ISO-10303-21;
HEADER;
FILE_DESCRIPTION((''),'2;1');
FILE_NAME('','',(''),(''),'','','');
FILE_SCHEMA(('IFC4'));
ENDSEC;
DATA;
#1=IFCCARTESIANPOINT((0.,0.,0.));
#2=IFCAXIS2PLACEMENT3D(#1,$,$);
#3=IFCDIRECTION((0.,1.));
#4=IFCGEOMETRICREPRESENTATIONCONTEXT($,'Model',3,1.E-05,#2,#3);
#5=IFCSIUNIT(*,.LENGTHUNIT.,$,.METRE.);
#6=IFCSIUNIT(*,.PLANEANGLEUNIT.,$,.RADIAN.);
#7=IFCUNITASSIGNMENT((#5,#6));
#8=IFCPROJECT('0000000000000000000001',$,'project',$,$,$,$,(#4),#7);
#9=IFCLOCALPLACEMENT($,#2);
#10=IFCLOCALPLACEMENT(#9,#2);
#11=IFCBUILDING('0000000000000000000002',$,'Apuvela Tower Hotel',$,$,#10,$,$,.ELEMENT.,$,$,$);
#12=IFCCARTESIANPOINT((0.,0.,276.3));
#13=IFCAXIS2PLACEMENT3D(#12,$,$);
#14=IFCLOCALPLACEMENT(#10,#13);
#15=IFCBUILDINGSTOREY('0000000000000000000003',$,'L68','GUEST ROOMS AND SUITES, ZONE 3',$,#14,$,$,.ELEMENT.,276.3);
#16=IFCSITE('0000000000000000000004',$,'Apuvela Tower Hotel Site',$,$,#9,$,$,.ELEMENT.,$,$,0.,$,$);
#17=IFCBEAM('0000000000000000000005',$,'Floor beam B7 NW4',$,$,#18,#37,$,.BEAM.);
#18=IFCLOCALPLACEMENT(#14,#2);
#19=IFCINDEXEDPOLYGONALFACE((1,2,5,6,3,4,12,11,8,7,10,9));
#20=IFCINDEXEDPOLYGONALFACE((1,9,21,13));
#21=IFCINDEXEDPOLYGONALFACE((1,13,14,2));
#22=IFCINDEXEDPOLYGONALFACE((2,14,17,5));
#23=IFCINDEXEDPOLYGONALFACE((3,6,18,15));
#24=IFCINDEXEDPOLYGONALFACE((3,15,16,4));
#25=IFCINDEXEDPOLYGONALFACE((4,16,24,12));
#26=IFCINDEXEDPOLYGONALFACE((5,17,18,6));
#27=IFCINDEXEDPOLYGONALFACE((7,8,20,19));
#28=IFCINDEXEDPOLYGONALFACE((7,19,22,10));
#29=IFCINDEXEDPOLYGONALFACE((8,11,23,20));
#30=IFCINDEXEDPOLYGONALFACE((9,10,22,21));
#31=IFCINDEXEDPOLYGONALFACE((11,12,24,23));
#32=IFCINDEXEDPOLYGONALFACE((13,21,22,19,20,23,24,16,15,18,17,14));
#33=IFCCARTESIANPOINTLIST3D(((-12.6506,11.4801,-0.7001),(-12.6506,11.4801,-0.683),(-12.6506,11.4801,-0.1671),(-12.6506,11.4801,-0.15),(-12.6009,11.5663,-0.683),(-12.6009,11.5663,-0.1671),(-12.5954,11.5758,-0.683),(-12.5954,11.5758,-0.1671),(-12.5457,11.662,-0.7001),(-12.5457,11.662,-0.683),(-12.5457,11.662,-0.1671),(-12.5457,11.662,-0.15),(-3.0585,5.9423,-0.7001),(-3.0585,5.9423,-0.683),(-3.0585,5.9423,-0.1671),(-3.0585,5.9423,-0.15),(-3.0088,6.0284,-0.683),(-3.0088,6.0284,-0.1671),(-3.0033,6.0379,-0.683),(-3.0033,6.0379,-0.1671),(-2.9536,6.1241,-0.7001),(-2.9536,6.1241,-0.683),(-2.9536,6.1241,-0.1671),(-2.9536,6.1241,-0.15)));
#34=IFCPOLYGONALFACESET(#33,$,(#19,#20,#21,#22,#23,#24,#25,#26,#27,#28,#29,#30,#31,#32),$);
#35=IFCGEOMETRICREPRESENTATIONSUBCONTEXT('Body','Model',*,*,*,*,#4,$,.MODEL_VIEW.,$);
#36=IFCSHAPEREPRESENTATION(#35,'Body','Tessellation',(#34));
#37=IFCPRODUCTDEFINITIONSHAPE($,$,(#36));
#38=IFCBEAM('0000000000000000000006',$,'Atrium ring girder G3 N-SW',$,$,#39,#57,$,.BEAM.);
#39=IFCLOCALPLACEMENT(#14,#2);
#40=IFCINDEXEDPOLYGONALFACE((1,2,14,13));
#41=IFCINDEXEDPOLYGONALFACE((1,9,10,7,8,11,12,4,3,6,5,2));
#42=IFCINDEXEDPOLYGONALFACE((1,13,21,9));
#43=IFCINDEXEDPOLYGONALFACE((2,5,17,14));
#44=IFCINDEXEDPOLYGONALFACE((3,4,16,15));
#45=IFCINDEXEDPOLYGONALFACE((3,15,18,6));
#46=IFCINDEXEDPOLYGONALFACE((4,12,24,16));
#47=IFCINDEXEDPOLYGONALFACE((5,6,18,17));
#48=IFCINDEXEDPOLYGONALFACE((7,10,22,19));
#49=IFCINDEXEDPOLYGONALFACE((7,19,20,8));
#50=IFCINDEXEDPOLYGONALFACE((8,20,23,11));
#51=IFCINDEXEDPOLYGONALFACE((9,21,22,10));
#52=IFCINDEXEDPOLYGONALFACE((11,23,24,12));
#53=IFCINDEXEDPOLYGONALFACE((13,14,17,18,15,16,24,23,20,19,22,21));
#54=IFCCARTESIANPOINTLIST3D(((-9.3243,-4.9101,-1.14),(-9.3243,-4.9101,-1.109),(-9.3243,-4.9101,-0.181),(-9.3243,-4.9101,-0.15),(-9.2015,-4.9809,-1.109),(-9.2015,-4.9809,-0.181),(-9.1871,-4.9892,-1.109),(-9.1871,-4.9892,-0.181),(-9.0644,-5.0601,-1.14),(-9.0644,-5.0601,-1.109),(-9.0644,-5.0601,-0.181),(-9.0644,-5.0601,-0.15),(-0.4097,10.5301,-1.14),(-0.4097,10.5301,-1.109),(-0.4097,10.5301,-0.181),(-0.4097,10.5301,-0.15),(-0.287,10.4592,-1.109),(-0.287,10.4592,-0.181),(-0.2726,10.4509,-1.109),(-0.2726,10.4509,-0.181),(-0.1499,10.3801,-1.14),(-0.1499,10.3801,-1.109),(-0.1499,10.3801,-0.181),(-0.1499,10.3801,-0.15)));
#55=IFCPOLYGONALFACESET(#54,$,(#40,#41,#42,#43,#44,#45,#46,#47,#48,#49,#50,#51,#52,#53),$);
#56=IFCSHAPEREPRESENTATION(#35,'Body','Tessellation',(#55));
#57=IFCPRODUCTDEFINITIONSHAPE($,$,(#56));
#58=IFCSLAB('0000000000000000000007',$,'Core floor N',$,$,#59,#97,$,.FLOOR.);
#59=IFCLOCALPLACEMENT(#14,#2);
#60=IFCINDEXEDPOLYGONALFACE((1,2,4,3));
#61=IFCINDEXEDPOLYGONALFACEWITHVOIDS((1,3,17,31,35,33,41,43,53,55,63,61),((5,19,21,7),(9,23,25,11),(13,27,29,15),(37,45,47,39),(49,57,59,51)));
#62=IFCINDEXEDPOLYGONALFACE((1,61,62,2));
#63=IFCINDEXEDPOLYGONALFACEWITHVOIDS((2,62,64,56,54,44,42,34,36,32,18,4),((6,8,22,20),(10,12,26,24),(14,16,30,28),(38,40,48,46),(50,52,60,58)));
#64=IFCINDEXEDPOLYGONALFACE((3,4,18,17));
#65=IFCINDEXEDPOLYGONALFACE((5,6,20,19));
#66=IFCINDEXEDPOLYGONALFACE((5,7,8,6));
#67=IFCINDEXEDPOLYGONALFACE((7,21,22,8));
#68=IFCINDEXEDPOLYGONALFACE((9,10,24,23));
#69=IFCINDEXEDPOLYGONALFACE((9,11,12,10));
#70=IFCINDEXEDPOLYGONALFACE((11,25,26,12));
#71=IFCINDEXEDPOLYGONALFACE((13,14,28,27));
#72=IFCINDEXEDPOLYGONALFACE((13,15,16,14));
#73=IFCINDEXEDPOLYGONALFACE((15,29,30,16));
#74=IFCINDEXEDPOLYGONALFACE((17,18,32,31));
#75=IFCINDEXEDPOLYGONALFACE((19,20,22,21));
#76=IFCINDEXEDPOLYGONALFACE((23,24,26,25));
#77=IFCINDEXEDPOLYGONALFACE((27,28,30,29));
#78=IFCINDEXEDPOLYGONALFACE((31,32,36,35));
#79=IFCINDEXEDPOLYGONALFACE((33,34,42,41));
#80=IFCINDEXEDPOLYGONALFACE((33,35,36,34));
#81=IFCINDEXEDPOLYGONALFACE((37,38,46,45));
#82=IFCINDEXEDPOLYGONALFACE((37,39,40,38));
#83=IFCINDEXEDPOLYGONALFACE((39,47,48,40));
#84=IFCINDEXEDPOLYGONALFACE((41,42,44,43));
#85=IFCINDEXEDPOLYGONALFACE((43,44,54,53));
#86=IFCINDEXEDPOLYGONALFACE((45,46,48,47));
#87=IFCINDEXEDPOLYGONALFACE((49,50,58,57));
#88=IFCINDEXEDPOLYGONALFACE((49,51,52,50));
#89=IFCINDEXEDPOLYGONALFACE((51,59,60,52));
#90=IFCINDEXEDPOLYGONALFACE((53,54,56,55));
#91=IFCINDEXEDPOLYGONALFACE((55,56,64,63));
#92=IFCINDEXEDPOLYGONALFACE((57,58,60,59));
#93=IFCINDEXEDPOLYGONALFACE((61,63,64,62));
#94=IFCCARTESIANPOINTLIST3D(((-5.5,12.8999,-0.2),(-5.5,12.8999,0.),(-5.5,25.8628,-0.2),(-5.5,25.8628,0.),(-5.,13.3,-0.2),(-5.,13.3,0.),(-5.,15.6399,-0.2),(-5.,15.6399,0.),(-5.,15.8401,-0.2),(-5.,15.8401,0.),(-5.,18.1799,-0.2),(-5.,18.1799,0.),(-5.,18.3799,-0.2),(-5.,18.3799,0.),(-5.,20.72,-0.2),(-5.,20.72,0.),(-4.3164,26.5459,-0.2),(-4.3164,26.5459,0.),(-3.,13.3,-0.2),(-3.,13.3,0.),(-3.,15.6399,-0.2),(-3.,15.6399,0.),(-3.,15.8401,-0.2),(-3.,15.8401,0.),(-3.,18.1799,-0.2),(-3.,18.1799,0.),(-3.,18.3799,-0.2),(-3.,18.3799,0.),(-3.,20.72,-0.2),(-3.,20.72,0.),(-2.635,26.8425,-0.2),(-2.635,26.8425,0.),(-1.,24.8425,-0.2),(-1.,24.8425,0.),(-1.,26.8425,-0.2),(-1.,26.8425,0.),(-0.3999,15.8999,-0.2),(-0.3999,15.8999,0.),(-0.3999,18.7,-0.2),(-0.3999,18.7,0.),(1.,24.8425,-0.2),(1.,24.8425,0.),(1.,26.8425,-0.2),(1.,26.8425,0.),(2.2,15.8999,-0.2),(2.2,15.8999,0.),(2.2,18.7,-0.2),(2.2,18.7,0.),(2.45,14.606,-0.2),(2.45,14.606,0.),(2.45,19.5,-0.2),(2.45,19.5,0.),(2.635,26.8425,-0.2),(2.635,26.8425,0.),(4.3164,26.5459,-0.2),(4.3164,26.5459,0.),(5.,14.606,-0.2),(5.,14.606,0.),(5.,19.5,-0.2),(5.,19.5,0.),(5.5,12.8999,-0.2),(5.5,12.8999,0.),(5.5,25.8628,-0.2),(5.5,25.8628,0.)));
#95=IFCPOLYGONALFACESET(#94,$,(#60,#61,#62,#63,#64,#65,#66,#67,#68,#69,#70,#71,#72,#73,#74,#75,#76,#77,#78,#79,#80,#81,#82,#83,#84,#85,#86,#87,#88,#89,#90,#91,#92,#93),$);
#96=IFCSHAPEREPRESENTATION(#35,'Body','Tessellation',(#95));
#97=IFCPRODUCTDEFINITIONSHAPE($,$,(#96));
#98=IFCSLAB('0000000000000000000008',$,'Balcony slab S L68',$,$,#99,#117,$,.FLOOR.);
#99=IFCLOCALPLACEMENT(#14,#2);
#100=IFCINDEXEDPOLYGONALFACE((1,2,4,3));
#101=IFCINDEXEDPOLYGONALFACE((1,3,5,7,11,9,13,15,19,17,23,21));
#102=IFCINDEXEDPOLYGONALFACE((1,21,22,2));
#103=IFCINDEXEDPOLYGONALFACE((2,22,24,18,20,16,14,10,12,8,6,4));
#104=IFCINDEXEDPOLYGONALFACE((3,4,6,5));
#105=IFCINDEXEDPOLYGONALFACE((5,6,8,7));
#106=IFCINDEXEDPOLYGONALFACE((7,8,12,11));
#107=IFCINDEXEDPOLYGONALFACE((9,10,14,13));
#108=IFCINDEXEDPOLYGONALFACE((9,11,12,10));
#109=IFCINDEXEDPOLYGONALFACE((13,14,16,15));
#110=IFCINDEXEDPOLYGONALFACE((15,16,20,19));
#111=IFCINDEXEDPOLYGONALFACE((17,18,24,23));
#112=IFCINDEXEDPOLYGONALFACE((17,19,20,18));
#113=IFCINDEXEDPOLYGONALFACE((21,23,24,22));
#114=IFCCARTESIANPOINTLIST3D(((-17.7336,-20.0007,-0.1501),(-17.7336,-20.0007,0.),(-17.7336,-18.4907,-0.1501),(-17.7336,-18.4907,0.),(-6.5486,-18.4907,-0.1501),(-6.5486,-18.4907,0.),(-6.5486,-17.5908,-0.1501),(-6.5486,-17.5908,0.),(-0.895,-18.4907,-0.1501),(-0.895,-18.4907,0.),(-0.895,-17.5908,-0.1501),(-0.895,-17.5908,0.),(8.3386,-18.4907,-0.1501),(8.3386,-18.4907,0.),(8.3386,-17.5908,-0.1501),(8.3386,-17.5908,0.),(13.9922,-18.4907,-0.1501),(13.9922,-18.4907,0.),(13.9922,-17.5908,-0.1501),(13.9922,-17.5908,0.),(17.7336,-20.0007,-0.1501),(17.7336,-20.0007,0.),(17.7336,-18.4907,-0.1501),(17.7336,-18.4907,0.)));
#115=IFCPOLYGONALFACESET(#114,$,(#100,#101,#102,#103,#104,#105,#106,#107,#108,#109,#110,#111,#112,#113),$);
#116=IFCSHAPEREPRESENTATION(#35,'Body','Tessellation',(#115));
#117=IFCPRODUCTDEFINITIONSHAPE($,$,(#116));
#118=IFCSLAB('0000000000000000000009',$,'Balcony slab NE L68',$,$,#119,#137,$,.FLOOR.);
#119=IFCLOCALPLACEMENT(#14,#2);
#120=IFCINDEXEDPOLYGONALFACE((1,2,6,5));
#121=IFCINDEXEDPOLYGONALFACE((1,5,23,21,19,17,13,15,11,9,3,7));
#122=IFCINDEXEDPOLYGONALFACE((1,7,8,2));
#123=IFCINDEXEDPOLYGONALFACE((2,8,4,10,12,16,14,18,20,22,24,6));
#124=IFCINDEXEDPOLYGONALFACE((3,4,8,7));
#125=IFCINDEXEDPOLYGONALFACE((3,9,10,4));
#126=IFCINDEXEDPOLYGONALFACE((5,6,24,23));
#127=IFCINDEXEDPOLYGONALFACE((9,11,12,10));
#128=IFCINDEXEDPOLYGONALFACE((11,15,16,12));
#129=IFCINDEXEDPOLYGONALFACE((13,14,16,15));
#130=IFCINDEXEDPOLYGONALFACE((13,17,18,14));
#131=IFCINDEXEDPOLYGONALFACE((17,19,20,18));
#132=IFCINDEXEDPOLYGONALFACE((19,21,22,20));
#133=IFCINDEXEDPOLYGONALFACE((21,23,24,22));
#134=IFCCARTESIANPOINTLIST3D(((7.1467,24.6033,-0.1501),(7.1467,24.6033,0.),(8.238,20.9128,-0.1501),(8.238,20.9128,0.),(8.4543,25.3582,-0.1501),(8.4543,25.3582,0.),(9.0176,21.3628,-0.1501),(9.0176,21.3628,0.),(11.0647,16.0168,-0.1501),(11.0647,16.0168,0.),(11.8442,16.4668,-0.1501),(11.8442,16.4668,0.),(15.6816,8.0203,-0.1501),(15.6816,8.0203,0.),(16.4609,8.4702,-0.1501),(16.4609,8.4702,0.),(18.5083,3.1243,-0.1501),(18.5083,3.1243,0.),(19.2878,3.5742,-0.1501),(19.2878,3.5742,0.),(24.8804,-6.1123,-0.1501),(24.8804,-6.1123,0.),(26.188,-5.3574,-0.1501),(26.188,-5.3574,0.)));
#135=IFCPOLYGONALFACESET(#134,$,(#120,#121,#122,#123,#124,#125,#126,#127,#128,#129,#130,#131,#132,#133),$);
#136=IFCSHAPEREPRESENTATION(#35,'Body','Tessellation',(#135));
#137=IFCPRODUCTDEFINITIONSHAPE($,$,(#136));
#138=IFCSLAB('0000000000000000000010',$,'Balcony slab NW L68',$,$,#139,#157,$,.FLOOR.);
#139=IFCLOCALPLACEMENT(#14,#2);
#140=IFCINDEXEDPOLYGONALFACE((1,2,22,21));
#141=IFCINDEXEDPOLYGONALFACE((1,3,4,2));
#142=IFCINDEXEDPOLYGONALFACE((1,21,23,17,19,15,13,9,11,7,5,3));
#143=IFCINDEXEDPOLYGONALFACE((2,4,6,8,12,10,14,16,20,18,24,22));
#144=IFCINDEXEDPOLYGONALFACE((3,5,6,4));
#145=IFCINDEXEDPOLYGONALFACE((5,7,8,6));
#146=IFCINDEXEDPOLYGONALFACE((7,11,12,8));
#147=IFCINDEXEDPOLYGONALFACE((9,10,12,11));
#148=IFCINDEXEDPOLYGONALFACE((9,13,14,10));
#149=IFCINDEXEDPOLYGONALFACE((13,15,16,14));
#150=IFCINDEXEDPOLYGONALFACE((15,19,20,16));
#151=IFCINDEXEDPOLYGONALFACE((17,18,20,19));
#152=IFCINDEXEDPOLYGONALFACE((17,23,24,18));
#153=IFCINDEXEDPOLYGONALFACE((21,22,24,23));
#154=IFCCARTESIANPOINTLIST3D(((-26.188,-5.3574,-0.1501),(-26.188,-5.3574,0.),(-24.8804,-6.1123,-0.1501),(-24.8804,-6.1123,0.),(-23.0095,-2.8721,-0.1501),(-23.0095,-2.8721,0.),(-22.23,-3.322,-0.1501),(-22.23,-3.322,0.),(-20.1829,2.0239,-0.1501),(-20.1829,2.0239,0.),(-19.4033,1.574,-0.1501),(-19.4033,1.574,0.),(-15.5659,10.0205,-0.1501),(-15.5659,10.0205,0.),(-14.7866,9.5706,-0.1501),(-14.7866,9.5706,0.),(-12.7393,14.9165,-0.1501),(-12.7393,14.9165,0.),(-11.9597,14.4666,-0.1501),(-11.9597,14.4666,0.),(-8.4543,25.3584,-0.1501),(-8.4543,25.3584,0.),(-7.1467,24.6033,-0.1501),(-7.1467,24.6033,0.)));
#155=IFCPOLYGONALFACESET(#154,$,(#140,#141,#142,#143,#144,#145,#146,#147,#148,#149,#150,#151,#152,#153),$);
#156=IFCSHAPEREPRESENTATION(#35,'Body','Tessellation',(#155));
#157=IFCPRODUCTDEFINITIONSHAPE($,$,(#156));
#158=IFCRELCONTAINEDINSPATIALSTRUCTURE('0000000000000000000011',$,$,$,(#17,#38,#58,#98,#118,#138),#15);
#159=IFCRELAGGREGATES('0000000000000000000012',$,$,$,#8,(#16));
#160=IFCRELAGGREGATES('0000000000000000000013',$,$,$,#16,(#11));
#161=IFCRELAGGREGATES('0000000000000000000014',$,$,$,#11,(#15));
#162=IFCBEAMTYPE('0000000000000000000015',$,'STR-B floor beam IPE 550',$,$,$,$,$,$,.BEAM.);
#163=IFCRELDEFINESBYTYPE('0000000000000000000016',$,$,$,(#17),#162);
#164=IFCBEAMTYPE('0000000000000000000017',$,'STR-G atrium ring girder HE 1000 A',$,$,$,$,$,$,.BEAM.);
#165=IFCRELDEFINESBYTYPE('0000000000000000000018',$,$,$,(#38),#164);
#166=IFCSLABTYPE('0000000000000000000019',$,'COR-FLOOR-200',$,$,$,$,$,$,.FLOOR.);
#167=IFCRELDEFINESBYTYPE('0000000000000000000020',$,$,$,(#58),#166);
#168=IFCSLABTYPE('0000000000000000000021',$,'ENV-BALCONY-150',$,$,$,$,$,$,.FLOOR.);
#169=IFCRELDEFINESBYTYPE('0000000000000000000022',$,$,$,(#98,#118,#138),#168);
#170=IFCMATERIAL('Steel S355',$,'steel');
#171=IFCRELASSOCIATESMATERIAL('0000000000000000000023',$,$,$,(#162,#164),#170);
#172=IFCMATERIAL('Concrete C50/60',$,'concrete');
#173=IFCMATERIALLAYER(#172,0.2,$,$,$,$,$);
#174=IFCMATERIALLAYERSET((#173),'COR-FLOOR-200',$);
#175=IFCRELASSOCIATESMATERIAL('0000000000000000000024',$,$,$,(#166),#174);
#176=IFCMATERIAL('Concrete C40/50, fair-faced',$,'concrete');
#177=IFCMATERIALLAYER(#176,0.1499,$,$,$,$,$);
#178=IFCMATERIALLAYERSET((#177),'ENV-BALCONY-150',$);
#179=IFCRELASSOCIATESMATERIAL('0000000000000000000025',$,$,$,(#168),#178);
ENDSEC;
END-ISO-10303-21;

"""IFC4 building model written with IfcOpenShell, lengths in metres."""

from ifc_helpers import new_model, si_unit, direction, frame, origin, origin_2d, place, context, subcontext, project, spatial, polyline, i_section, outline, extrude, material, layer, layer_set, material_profile, profile_set, type_object, element, save


model = new_model("IFC4")

# Units and contexts
model_context = context("Model", 3, precision=1e-05, world=origin(), true_north=direction((0.0, 1.0)))
body_context = subcontext(model_context, "Body", "Model", "MODEL_VIEW")
ifc_project = project(units=[si_unit("LENGTHUNIT", "METRE"), si_unit("PLANEANGLEUNIT", "RADIAN")], contexts=[model_context])

# Site, building, storey
site_placement = place(None, origin())
site = spatial("IfcSite", under=ifc_project, at=site_placement, Name="Apuvela Tower Hotel Site", CompositionType="ELEMENT", RefElevation=0.0)
building_placement = place(site_placement, origin())
building = spatial("IfcBuilding", under=site, at=building_placement, Name="Apuvela Tower Hotel", CompositionType="ELEMENT")
storey_placement = place(building_placement, frame((0.0, 0.0, 276.3)))
storey = spatial("IfcBuildingStorey", under=building, at=storey_placement, Name="L68", Description="GUEST ROOMS AND SUITES, ZONE 3", CompositionType="ELEMENT", Elevation=276.3)

# Beams
ifc_material_1 = material(Name="Steel S355", Category="steel")
ifc_material_profile_1 = material_profile(ifc_material_1, i_section(OverallWidth=0.21, OverallDepth=0.55, WebThickness=0.011, FlangeThickness=0.0171, at=origin_2d()), Name="IPE 550")
ifc_profile_set_1 = profile_set([ifc_material_profile_1], Name="Steel S355")
beam_type_1 = type_object("IfcBeamType", Name="STR-B floor beam IPE 550", PredefinedType="BEAM", material=ifc_profile_set_1)
beam_1_placement = place(storey_placement, frame((-12.5981, 11.571, -0.425), z_axis=(0.86603, -0.499991, 0.0), x_axis=(0.499991, 0.86603, 0.0)))
element("IfcBeam", 1, at=beam_1_placement, inside=storey, type_object=beam_type_1, Name="Floor beam B7 NW4", PredefinedType="BEAM", context=body_context, shape_type="SweptSolid", body=[
    extrude(i_section(OverallWidth=0.21, OverallDepth=0.55, WebThickness=0.011, FlangeThickness=0.0171, at=origin_2d()), origin(), (0.0, 0.0, 1.0), 11.0759),
])
ifc_material_profile_2 = material_profile(ifc_material_1, i_section(OverallWidth=0.3, OverallDepth=0.99, WebThickness=0.0166, FlangeThickness=0.031, at=origin_2d()), Name="HE 1000 A")
ifc_profile_set_2 = profile_set([ifc_material_profile_2], Name="Steel S355")
beam_type_2 = type_object("IfcBeamType", Name="STR-G atrium ring girder HE 1000 A", PredefinedType="BEAM", material=ifc_profile_set_2)
beam_2_placement = place(storey_placement, frame((-0.2798, 10.4551, -0.645), z_axis=(-0.500007, -0.866022, 0.0), x_axis=(0.866022, -0.500007, 0.0)))
element("IfcBeam", 2, at=beam_2_placement, inside=storey, type_object=beam_type_2, Name="Atrium ring girder G3 N-SW", PredefinedType="BEAM", context=body_context, shape_type="SweptSolid", body=[
    extrude(i_section(OverallWidth=0.3, OverallDepth=0.99, WebThickness=0.0166, FlangeThickness=0.031, at=origin_2d()), origin(), (0.0, 0.0, 1.0), 17.8289),
])

# Slabs
ifc_material_2 = material(Name="Concrete C50/60", Category="concrete")
ifc_layer_1 = layer(ifc_material_2, 0.2)
ifc_layer_set_1 = layer_set([ifc_layer_1], Name="COR-FLOOR-200")
slab_type_1 = type_object("IfcSlabType", Name="COR-FLOOR-200", PredefinedType="FLOOR", material=ifc_layer_set_1)
slab_1_placement = place(storey_placement, frame((0.0, 0.0, -0.2)))
element("IfcSlab", 3, at=slab_1_placement, inside=storey, type_object=slab_type_1, Name="Core floor N", PredefinedType="FLOOR", context=body_context, shape_type="SweptSolid", body=[
    extrude(outline(polyline([(5.5, 25.8628), (4.3164, 26.5459), (2.635, 26.8425), (1.0, 26.8425), (1.0, 24.8425), (-1.0, 24.8425), (-1.0, 26.8425), (-2.635, 26.8425), (-4.3164, 26.5459), (-5.5, 25.8628), (-5.5, 12.8999), (5.5, 12.8999), (5.5, 25.8628)]), holes=[polyline([(-3.0, 13.3), (-5.0, 13.3), (-5.0, 15.6399), (-3.0, 15.6399), (-3.0, 13.3)]), polyline([(-3.0, 15.8401), (-5.0, 15.8401), (-5.0, 18.1799), (-3.0, 18.1799), (-3.0, 15.8401)]), polyline([(5.0, 14.606), (2.45, 14.606), (2.45, 19.5), (5.0, 19.5), (5.0, 14.606)]), polyline([(2.2, 18.7), (2.2, 15.8999), (-0.3999, 15.8999), (-0.3999, 18.7), (2.2, 18.7)]), polyline([(-3.0, 20.72), (-3.0, 18.3799), (-5.0, 18.3799), (-5.0, 20.72), (-3.0, 20.72)])]), origin(), (0.0, 0.0, 1.0), 0.2),
])
ifc_material_3 = material(Name="Concrete C40/50, fair-faced", Category="concrete")
ifc_layer_2 = layer(ifc_material_3, 0.1499)
ifc_layer_set_2 = layer_set([ifc_layer_2], Name="ENV-BALCONY-150")
slab_type_2 = type_object("IfcSlabType", Name="ENV-BALCONY-150", PredefinedType="FLOOR", material=ifc_layer_set_2)
slab_2_placement = place(storey_placement, frame((0.0, 0.0, -0.1501)))
element("IfcSlab", 4, at=slab_2_placement, inside=storey, type_object=slab_type_2, Name="Balcony slab S L68", PredefinedType="FLOOR", context=body_context, shape_type="SweptSolid", body=[
    extrude(outline(polyline([(17.7336, -20.0007), (-17.7336, -20.0007), (-17.7336, -18.4907), (-6.5486, -18.4907), (-6.5486, -17.5908), (-0.895, -17.5908), (-0.895, -18.4907), (8.3386, -18.4907), (8.3386, -17.5908), (13.9922, -17.5908), (13.9922, -18.4907), (17.7336, -18.4907), (17.7336, -20.0007)])), origin(), (0.0, 0.0, 1.0), 0.1501),
])
slab_3_placement = place(storey_placement, frame((0.0, 0.0, -0.1501)))
element("IfcSlab", 5, at=slab_3_placement, inside=storey, type_object=slab_type_2, Name="Balcony slab NE L68", PredefinedType="FLOOR", context=body_context, shape_type="SweptSolid", body=[
    extrude(outline(polyline([(16.4609, 8.4702), (11.8442, 16.4668), (11.0647, 16.0168), (8.238, 20.9128), (9.0176, 21.3628), (7.1467, 24.6033), (8.4543, 25.3582), (26.188, -5.3574), (24.8804, -6.1123), (19.2878, 3.5742), (18.5083, 3.1243), (15.6816, 8.0203), (16.4609, 8.4702)])), origin(), (0.0, 0.0, 1.0), 0.1501),
])
slab_4_placement = place(storey_placement, frame((0.0, 0.0, -0.1501)))
element("IfcSlab", 6, at=slab_4_placement, inside=storey, type_object=slab_type_2, Name="Balcony slab NW L68", PredefinedType="FLOOR", context=body_context, shape_type="SweptSolid", body=[
    extrude(outline(polyline([(-26.188, -5.3574), (-8.4543, 25.3584), (-7.1467, 24.6033), (-12.7393, 14.9165), (-11.9597, 14.4666), (-14.7866, 9.5706), (-15.5659, 10.0205), (-20.1829, 2.0239), (-19.4033, 1.574), (-22.23, -3.322), (-23.0095, -2.8721), (-24.8804, -6.1123), (-26.188, -5.3574)])), origin(), (0.0, 0.0, 1.0), 0.1501),
])

save(model, "model.ifc")
